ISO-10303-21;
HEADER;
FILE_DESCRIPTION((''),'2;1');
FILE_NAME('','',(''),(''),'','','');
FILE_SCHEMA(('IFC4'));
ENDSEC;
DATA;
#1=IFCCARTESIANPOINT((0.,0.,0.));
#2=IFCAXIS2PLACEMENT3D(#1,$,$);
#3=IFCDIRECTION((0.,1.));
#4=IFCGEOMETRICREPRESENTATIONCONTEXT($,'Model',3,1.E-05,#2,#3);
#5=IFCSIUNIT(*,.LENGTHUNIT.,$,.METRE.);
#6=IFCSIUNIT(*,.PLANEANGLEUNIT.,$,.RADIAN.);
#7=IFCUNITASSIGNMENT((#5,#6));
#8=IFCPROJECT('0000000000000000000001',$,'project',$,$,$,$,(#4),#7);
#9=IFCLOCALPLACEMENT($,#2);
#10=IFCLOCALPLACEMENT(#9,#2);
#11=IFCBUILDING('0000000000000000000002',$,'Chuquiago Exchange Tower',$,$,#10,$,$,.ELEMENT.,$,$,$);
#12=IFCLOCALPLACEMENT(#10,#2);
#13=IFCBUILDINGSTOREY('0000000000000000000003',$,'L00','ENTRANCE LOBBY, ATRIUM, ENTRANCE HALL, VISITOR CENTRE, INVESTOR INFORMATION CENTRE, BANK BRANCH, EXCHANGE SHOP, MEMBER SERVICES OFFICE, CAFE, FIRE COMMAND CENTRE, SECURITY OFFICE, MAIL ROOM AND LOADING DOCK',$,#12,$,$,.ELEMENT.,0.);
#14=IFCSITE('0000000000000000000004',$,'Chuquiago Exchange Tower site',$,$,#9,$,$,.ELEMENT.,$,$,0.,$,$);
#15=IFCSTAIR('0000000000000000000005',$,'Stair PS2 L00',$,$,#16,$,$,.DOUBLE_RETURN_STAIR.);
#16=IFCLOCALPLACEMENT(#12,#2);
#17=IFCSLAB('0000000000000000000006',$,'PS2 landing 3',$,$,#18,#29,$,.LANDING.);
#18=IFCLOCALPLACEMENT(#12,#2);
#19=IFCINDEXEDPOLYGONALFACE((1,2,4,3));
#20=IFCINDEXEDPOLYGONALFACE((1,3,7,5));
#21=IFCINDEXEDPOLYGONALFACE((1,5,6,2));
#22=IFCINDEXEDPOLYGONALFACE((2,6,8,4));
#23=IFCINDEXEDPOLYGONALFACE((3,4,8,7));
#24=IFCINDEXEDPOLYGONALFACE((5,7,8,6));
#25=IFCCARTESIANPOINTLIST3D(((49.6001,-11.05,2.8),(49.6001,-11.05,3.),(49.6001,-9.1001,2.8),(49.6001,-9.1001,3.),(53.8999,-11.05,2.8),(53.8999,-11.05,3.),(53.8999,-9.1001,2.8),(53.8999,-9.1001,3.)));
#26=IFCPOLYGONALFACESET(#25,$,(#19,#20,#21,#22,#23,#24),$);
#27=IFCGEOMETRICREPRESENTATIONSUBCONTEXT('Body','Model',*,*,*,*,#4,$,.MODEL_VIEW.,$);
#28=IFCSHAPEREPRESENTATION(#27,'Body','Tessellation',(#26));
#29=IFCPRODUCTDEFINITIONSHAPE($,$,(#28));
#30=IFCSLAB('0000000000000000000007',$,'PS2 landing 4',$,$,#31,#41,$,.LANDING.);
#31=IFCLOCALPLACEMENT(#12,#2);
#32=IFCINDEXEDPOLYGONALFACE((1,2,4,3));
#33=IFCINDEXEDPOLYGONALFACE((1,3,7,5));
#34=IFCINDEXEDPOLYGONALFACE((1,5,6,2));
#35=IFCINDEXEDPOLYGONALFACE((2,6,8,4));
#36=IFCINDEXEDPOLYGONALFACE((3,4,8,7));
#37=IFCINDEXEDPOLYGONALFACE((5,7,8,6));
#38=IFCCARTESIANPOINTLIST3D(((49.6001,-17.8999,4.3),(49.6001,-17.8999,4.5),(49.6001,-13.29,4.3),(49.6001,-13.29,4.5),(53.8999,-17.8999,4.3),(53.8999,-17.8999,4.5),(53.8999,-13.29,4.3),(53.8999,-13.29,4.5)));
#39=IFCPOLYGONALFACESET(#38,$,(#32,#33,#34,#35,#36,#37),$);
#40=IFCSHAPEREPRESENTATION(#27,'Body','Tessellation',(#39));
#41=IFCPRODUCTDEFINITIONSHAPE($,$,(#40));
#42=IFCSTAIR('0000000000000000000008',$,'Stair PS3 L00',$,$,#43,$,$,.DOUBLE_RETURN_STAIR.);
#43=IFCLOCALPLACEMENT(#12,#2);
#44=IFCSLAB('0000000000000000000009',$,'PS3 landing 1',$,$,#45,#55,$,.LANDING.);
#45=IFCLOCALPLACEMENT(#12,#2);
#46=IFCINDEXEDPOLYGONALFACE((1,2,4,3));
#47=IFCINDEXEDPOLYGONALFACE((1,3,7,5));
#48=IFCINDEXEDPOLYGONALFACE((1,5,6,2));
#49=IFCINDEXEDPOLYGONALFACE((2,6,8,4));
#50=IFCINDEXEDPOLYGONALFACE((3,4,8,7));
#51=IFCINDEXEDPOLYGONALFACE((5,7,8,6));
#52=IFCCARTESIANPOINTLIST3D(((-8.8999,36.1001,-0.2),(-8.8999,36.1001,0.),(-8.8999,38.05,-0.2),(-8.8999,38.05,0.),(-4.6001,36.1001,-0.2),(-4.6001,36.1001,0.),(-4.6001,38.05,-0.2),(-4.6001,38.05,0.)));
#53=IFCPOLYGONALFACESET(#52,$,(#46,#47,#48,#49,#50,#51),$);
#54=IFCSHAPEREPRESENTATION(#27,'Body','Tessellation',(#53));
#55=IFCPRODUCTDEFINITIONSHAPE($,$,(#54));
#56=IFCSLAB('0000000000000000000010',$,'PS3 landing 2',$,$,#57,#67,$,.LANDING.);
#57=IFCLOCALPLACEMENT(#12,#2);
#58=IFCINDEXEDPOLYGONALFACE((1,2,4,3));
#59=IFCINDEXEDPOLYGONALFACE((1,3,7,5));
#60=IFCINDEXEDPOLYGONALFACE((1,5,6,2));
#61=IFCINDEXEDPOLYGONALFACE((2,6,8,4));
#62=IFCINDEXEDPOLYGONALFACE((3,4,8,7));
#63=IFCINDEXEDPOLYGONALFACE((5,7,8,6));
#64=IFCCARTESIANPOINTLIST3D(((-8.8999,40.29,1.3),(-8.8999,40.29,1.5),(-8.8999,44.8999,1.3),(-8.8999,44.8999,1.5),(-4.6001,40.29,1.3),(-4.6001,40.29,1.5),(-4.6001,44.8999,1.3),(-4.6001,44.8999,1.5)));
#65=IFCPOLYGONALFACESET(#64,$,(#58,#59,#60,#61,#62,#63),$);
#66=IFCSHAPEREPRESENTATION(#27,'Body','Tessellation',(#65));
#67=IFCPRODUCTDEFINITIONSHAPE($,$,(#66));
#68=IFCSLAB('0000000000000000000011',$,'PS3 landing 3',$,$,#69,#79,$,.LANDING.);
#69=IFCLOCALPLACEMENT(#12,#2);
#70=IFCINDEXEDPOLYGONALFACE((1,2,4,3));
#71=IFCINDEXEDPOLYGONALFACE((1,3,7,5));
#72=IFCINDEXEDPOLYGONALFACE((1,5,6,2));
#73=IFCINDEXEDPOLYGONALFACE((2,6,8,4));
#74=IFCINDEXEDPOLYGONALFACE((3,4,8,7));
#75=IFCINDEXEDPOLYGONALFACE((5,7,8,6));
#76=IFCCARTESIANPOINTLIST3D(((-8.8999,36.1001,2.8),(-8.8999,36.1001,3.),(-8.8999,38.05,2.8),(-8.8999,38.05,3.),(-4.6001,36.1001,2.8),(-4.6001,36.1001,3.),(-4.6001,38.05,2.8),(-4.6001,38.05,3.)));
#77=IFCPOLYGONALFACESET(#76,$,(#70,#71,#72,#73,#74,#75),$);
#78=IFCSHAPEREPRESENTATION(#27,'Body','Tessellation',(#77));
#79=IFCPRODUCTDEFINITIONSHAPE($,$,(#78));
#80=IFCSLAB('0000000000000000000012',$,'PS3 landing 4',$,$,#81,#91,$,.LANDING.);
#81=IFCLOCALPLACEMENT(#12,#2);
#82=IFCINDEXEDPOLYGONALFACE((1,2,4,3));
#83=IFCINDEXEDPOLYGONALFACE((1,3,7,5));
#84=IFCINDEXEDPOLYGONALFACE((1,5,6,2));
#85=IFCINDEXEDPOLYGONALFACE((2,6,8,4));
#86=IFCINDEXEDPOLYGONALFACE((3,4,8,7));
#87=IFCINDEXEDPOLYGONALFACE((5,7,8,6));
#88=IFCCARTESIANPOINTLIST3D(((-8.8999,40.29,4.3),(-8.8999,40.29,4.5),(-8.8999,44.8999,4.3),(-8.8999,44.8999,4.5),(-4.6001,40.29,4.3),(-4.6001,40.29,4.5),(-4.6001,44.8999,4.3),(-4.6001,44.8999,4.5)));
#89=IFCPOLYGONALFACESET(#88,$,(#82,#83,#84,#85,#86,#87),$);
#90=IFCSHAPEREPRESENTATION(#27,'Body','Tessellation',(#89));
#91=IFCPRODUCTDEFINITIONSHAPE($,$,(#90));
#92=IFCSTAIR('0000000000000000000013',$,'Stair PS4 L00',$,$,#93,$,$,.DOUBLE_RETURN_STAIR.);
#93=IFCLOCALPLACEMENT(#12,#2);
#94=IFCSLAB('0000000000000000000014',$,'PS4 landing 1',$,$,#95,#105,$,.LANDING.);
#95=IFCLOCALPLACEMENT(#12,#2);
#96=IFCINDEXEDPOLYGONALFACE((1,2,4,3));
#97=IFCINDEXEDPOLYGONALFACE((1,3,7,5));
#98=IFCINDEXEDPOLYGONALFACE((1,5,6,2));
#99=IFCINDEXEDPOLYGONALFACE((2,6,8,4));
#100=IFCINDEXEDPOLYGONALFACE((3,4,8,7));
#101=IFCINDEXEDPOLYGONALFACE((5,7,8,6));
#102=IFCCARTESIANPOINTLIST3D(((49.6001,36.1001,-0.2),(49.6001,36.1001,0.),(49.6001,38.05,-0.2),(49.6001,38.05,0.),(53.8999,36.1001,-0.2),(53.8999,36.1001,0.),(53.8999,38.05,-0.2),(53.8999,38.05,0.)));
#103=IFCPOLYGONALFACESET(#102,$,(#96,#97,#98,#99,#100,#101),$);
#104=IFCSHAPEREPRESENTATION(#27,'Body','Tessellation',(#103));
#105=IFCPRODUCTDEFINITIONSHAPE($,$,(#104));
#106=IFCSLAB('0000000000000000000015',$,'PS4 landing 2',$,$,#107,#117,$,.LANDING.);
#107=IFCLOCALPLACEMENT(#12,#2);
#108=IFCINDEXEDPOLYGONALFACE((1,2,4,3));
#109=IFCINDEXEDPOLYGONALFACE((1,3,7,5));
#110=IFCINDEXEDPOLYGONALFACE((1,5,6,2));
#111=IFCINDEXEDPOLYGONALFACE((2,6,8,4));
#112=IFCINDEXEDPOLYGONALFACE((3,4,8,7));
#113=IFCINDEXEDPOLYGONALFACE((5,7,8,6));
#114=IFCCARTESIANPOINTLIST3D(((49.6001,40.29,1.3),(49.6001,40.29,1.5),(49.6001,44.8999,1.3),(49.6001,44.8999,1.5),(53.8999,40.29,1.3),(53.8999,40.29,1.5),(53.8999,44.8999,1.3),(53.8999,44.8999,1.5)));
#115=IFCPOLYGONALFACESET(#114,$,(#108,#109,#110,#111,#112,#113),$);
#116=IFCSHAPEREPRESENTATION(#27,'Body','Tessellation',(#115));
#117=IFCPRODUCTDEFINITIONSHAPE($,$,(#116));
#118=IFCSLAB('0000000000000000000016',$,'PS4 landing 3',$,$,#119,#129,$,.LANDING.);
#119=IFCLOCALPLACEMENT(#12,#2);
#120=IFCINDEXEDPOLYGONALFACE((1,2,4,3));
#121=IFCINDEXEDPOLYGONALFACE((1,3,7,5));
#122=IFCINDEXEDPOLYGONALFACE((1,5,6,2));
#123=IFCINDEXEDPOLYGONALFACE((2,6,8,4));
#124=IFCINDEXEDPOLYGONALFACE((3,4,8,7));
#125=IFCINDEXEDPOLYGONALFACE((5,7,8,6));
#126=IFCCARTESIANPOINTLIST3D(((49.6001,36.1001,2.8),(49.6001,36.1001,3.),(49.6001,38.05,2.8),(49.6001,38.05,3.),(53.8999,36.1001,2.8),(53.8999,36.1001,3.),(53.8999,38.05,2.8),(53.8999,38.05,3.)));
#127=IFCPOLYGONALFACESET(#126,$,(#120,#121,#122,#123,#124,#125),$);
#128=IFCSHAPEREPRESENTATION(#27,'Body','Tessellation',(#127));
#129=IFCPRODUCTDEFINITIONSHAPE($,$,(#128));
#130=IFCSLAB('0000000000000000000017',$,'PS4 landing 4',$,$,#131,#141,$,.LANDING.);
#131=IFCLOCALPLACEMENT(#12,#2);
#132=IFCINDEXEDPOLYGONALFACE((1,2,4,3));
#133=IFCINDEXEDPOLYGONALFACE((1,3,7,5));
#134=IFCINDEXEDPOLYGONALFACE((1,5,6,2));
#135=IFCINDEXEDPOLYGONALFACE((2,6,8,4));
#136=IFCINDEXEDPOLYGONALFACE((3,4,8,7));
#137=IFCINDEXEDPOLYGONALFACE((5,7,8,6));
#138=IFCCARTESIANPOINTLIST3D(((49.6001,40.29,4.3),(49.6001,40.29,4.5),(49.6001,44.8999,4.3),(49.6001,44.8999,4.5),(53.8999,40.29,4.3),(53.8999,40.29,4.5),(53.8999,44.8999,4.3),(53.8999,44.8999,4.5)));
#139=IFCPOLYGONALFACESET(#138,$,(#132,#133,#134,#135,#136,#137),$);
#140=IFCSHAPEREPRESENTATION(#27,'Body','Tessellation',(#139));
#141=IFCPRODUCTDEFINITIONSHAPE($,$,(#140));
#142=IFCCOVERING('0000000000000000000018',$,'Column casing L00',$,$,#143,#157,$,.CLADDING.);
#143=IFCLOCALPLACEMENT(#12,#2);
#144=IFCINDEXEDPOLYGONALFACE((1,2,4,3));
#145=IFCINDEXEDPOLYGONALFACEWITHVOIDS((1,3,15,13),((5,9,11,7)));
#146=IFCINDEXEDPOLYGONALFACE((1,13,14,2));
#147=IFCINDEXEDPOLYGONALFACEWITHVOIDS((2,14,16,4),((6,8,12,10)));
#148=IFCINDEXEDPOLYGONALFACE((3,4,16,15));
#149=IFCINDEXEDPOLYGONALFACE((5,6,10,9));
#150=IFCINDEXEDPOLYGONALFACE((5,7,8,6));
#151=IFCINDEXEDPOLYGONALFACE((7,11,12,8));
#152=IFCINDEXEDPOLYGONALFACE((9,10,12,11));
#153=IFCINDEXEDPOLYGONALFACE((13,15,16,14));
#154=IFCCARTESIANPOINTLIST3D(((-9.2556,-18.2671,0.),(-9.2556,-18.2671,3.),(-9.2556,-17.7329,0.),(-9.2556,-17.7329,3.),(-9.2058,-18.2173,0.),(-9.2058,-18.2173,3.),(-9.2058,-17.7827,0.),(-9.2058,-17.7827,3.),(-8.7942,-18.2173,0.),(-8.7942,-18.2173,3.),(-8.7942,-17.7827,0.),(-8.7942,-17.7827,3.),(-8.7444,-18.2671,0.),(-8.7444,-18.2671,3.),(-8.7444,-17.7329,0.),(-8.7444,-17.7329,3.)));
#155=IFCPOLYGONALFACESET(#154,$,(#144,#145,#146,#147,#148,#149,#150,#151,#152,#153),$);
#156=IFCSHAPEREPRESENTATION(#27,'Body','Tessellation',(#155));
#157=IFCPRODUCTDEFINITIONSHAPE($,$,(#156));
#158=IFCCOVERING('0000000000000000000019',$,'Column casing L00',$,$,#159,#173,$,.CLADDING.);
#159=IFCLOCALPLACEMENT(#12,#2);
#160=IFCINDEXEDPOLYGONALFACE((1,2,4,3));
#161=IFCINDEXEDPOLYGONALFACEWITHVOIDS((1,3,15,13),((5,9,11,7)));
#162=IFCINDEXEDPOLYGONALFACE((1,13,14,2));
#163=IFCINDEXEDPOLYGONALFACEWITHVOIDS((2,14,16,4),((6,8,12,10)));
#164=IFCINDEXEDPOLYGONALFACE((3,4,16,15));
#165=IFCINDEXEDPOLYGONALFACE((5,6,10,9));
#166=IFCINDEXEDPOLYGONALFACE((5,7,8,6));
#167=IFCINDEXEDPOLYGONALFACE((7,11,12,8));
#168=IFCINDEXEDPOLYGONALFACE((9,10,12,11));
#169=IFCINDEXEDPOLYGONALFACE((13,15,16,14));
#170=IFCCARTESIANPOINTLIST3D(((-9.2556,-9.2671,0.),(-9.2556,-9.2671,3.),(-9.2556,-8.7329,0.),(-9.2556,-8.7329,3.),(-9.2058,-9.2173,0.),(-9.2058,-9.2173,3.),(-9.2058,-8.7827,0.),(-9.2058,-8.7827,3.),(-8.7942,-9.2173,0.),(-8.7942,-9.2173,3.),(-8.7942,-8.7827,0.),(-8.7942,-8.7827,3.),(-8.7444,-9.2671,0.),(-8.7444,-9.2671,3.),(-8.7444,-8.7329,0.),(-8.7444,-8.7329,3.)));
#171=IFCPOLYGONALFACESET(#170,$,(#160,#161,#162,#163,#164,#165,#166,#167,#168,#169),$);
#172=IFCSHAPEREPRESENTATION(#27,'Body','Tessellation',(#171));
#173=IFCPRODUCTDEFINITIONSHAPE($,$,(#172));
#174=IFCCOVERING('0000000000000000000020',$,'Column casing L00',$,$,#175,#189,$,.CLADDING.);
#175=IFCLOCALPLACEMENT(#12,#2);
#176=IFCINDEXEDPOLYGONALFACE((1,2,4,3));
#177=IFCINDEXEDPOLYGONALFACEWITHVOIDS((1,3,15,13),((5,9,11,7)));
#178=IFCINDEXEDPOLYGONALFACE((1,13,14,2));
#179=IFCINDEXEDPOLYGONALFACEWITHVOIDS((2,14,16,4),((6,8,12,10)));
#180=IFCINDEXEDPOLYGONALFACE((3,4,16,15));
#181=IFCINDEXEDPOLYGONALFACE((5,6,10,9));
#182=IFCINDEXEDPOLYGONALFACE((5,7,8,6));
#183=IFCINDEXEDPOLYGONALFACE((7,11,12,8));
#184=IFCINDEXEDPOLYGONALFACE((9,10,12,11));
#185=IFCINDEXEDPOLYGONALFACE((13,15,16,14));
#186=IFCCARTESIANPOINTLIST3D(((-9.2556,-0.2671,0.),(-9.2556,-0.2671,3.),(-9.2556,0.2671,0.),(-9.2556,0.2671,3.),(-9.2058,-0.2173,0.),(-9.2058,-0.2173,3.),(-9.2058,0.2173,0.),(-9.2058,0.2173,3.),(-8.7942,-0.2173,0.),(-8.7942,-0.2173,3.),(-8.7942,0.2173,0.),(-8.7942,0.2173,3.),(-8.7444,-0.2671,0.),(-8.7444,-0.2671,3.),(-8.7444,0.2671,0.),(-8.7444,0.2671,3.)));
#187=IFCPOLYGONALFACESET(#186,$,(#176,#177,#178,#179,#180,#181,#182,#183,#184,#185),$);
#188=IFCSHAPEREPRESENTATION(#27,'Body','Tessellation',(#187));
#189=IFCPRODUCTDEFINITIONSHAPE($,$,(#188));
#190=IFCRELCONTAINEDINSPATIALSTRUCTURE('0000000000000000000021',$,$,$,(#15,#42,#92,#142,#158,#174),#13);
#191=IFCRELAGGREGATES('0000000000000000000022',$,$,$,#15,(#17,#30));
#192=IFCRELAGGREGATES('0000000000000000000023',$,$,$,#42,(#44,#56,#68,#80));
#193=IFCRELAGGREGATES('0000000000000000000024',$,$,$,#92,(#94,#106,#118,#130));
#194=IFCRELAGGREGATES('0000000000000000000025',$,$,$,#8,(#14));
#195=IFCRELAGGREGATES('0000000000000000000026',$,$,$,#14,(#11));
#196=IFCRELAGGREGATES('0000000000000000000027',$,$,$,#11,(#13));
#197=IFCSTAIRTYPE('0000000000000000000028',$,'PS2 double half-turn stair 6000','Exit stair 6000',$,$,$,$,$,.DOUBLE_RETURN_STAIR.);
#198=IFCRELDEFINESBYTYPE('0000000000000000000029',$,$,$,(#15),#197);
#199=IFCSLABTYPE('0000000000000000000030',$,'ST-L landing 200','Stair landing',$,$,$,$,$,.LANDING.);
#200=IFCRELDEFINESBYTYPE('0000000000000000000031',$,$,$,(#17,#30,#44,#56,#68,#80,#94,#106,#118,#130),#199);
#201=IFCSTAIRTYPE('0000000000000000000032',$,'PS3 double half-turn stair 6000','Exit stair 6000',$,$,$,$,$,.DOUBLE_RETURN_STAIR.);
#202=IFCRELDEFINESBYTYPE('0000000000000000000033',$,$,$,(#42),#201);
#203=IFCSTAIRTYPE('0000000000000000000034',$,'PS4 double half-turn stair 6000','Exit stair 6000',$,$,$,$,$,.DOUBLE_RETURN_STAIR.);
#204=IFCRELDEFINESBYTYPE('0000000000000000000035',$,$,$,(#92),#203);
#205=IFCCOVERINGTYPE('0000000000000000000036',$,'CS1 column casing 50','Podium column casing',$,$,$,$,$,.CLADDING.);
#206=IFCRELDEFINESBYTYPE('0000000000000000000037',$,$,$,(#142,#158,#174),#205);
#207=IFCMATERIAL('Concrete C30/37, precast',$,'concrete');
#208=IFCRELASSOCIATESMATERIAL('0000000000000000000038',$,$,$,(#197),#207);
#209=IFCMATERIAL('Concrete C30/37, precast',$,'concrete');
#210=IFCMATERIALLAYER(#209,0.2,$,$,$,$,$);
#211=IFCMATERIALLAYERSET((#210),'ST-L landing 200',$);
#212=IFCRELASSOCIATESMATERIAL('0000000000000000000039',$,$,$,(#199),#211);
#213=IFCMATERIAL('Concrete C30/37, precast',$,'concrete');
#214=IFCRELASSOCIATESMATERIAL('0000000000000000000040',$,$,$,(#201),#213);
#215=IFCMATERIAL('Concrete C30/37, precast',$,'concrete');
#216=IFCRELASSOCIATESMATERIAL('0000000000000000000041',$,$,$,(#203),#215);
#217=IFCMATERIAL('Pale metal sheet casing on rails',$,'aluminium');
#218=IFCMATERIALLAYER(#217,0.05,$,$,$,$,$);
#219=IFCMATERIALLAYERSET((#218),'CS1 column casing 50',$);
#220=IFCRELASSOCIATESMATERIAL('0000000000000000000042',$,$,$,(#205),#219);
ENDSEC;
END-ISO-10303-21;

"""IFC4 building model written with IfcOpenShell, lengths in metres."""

from ifc_helpers import new_model, si_unit, direction, frame, origin, place, context, subcontext, project, spatial, polyline, outline, extrude, material, layer, layer_set, type_object, element, aggregate, save


model = new_model("IFC4")

# Units and contexts
model_context = context("Model", 3, precision=1e-05, world=origin(), true_north=direction((0.0, 1.0)))
body_context = subcontext(model_context, "Body", "Model", "MODEL_VIEW")
ifc_project = project(units=[si_unit("LENGTHUNIT", "METRE"), si_unit("PLANEANGLEUNIT", "RADIAN")], contexts=[model_context])

# Site, building, storey
site_placement = place(None, origin())
site = spatial("IfcSite", under=ifc_project, at=site_placement, Name="Chuquiago Exchange Tower site", CompositionType="ELEMENT", RefElevation=0.0)
building_placement = place(site_placement, origin())
building = spatial("IfcBuilding", under=site, at=building_placement, Name="Chuquiago Exchange Tower", CompositionType="ELEMENT")
storey_placement = place(building_placement, origin())
storey = spatial("IfcBuildingStorey", under=building, at=storey_placement, Name="L00", Description="ENTRANCE LOBBY, ATRIUM, ENTRANCE HALL, VISITOR CENTRE, INVESTOR INFORMATION CENTRE, BANK BRANCH, EXCHANGE SHOP, MEMBER SERVICES OFFICE, CAFE, FIRE COMMAND CENTRE, SECURITY OFFICE, MAIL ROOM AND LOADING DOCK", CompositionType="ELEMENT", Elevation=0.0)

# Stairs, slabs
ifc_material_1 = material(Name="Concrete C30/37, precast", Category="concrete")
stair_type_1 = type_object("IfcStairType", Name="PS2 double half-turn stair 6000", Description="Exit stair 6000", PredefinedType="DOUBLE_RETURN_STAIR", material=ifc_material_1)
stair_1_placement = place(storey_placement, origin())
stair_1 = element("IfcStair", 1, at=stair_1_placement, inside=storey, type_object=stair_type_1, Name="Stair PS2 L00", PredefinedType="DOUBLE_RETURN_STAIR")
ifc_material_2 = material(Name="Concrete C30/37, precast", Category="concrete")
ifc_layer_1 = layer(ifc_material_2, 0.2)
ifc_layer_set_1 = layer_set([ifc_layer_1], Name="ST-L landing 200")
slab_type = type_object("IfcSlabType", Name="ST-L landing 200", Description="Stair landing", PredefinedType="LANDING", material=ifc_layer_set_1)
slab_1_placement = place(storey_placement, frame((0.0, 0.0, 2.8)))
slab_1 = element("IfcSlab", 2, at=slab_1_placement, type_object=slab_type, Name="PS2 landing 3", PredefinedType="LANDING", context=body_context, shape_type="SweptSolid", body=[
    extrude(outline(polyline([(49.6001, -9.1001), (53.8999, -9.1001), (53.8999, -11.05), (49.6001, -11.05), (49.6001, -9.1001)])), origin(), (0.0, 0.0, 1.0), 0.2),
])
slab_2_placement = place(storey_placement, frame((0.0, 0.0, 4.3)))
slab_2 = element("IfcSlab", 3, at=slab_2_placement, type_object=slab_type, Name="PS2 landing 4", PredefinedType="LANDING", context=body_context, shape_type="SweptSolid", body=[
    extrude(outline(polyline([(49.6001, -13.29), (53.8999, -13.29), (53.8999, -17.8999), (49.6001, -17.8999), (49.6001, -13.29)])), origin(), (0.0, 0.0, 1.0), 0.2),
])
aggregate(stair_1, [slab_1, slab_2])
ifc_material_3 = material(Name="Concrete C30/37, precast", Category="concrete")
stair_type_2 = type_object("IfcStairType", Name="PS3 double half-turn stair 6000", Description="Exit stair 6000", PredefinedType="DOUBLE_RETURN_STAIR", material=ifc_material_3)
stair_2_placement = place(storey_placement, origin())
stair_2 = element("IfcStair", 4, at=stair_2_placement, inside=storey, type_object=stair_type_2, Name="Stair PS3 L00", PredefinedType="DOUBLE_RETURN_STAIR")
slab_3_placement = place(storey_placement, frame((0.0, 0.0, -0.2)))
slab_3 = element("IfcSlab", 5, at=slab_3_placement, type_object=slab_type, Name="PS3 landing 1", PredefinedType="LANDING", context=body_context, shape_type="SweptSolid", body=[
    extrude(outline(polyline([(-4.6001, 36.1001), (-4.6001, 38.05), (-8.8999, 38.05), (-8.8999, 36.1001), (-4.6001, 36.1001)])), origin(), (0.0, 0.0, 1.0), 0.2),
])
slab_4_placement = place(storey_placement, frame((0.0, 0.0, 1.3)))
slab_4 = element("IfcSlab", 6, at=slab_4_placement, type_object=slab_type, Name="PS3 landing 2", PredefinedType="LANDING", context=body_context, shape_type="SweptSolid", body=[
    extrude(outline(polyline([(-8.8999, 44.8999), (-4.6001, 44.8999), (-4.6001, 40.29), (-8.8999, 40.29), (-8.8999, 44.8999)])), origin(), (0.0, 0.0, 1.0), 0.2),
])
slab_5_placement = place(storey_placement, frame((0.0, 0.0, 2.8)))
slab_5 = element("IfcSlab", 7, at=slab_5_placement, type_object=slab_type, Name="PS3 landing 3", PredefinedType="LANDING", context=body_context, shape_type="SweptSolid", body=[
    extrude(outline(polyline([(-8.8999, 38.05), (-4.6001, 38.05), (-4.6001, 36.1001), (-8.8999, 36.1001), (-8.8999, 38.05)])), origin(), (0.0, 0.0, 1.0), 0.2),
])
slab_6_placement = place(storey_placement, frame((0.0, 0.0, 4.3)))
slab_6 = element("IfcSlab", 8, at=slab_6_placement, type_object=slab_type, Name="PS3 landing 4", PredefinedType="LANDING", context=body_context, shape_type="SweptSolid", body=[
    extrude(outline(polyline([(-8.8999, 44.8999), (-4.6001, 44.8999), (-4.6001, 40.29), (-8.8999, 40.29), (-8.8999, 44.8999)])), origin(), (0.0, 0.0, 1.0), 0.2),
])
aggregate(stair_2, [slab_3, slab_4, slab_5, slab_6])
ifc_material_4 = material(Name="Concrete C30/37, precast", Category="concrete")
stair_type_3 = type_object("IfcStairType", Name="PS4 double half-turn stair 6000", Description="Exit stair 6000", PredefinedType="DOUBLE_RETURN_STAIR", material=ifc_material_4)
stair_3_placement = place(storey_placement, origin())
stair_3 = element("IfcStair", 9, at=stair_3_placement, inside=storey, type_object=stair_type_3, Name="Stair PS4 L00", PredefinedType="DOUBLE_RETURN_STAIR")
slab_7_placement = place(storey_placement, frame((0.0, 0.0, -0.2)))
slab_7 = element("IfcSlab", 10, at=slab_7_placement, type_object=slab_type, Name="PS4 landing 1", PredefinedType="LANDING", context=body_context, shape_type="SweptSolid", body=[
    extrude(outline(polyline([(53.8999, 36.1001), (53.8999, 38.05), (49.6001, 38.05), (49.6001, 36.1001), (53.8999, 36.1001)])), origin(), (0.0, 0.0, 1.0), 0.2),
])
slab_8_placement = place(storey_placement, frame((0.0, 0.0, 1.3)))
slab_8 = element("IfcSlab", 11, at=slab_8_placement, type_object=slab_type, Name="PS4 landing 2", PredefinedType="LANDING", context=body_context, shape_type="SweptSolid", body=[
    extrude(outline(polyline([(49.6001, 44.8999), (53.8999, 44.8999), (53.8999, 40.29), (49.6001, 40.29), (49.6001, 44.8999)])), origin(), (0.0, 0.0, 1.0), 0.2),
])
slab_9_placement = place(storey_placement, frame((0.0, 0.0, 2.8)))
slab_9 = element("IfcSlab", 12, at=slab_9_placement, type_object=slab_type, Name="PS4 landing 3", PredefinedType="LANDING", context=body_context, shape_type="SweptSolid", body=[
    extrude(outline(polyline([(49.6001, 38.05), (53.8999, 38.05), (53.8999, 36.1001), (49.6001, 36.1001), (49.6001, 38.05)])), origin(), (0.0, 0.0, 1.0), 0.2),
])
slab_10_placement = place(storey_placement, frame((0.0, 0.0, 4.3)))
slab_10 = element("IfcSlab", 13, at=slab_10_placement, type_object=slab_type, Name="PS4 landing 4", PredefinedType="LANDING", context=body_context, shape_type="SweptSolid", body=[
    extrude(outline(polyline([(49.6001, 44.8999), (53.8999, 44.8999), (53.8999, 40.29), (49.6001, 40.29), (49.6001, 44.8999)])), origin(), (0.0, 0.0, 1.0), 0.2),
])
aggregate(stair_3, [slab_7, slab_8, slab_9, slab_10])

# Coverings
ifc_material_5 = material(Name="Pale metal sheet casing on rails", Category="aluminium")
ifc_layer_2 = layer(ifc_material_5, 0.05)
ifc_layer_set_2 = layer_set([ifc_layer_2], Name="CS1 column casing 50")
covering_type = type_object("IfcCoveringType", Name="CS1 column casing 50", Description="Podium column casing", PredefinedType="CLADDING", material=ifc_layer_set_2)
covering_1_placement = place(storey_placement, origin())
element("IfcCovering", 14, at=covering_1_placement, inside=storey, type_object=covering_type, Name="Column casing L00", PredefinedType="CLADDING", context=body_context, shape_type="SweptSolid", body=[
    extrude(outline(polyline([(-9.2556, -18.2671), (-8.7444, -18.2671), (-8.7444, -17.7329), (-9.2556, -17.7329), (-9.2556, -18.2671)]), holes=[polyline([(-9.2058, -18.2173), (-9.2058, -17.7827), (-8.7942, -17.7827), (-8.7942, -18.2173), (-9.2058, -18.2173)])]), origin(), (0.0, 0.0, 1.0), 3.0),
])
covering_2_placement = place(storey_placement, origin())
element("IfcCovering", 15, at=covering_2_placement, inside=storey, type_object=covering_type, Name="Column casing L00", PredefinedType="CLADDING", context=body_context, shape_type="SweptSolid", body=[
    extrude(outline(polyline([(-9.2556, -9.2671), (-8.7444, -9.2671), (-8.7444, -8.7329), (-9.2556, -8.7329), (-9.2556, -9.2671)]), holes=[polyline([(-9.2058, -9.2173), (-9.2058, -8.7827), (-8.7942, -8.7827), (-8.7942, -9.2173), (-9.2058, -9.2173)])]), origin(), (0.0, 0.0, 1.0), 3.0),
])
covering_3_placement = place(storey_placement, origin())
element("IfcCovering", 16, at=covering_3_placement, inside=storey, type_object=covering_type, Name="Column casing L00", PredefinedType="CLADDING", context=body_context, shape_type="SweptSolid", body=[
    extrude(outline(polyline([(-9.2556, -0.2671), (-8.7444, -0.2671), (-8.7444, 0.2671), (-9.2556, 0.2671), (-9.2556, -0.2671)]), holes=[polyline([(-9.2058, -0.2173), (-9.2058, 0.2173), (-8.7942, 0.2173), (-8.7942, -0.2173), (-9.2058, -0.2173)])]), origin(), (0.0, 0.0, 1.0), 3.0),
])

save(model, "model.ifc")
